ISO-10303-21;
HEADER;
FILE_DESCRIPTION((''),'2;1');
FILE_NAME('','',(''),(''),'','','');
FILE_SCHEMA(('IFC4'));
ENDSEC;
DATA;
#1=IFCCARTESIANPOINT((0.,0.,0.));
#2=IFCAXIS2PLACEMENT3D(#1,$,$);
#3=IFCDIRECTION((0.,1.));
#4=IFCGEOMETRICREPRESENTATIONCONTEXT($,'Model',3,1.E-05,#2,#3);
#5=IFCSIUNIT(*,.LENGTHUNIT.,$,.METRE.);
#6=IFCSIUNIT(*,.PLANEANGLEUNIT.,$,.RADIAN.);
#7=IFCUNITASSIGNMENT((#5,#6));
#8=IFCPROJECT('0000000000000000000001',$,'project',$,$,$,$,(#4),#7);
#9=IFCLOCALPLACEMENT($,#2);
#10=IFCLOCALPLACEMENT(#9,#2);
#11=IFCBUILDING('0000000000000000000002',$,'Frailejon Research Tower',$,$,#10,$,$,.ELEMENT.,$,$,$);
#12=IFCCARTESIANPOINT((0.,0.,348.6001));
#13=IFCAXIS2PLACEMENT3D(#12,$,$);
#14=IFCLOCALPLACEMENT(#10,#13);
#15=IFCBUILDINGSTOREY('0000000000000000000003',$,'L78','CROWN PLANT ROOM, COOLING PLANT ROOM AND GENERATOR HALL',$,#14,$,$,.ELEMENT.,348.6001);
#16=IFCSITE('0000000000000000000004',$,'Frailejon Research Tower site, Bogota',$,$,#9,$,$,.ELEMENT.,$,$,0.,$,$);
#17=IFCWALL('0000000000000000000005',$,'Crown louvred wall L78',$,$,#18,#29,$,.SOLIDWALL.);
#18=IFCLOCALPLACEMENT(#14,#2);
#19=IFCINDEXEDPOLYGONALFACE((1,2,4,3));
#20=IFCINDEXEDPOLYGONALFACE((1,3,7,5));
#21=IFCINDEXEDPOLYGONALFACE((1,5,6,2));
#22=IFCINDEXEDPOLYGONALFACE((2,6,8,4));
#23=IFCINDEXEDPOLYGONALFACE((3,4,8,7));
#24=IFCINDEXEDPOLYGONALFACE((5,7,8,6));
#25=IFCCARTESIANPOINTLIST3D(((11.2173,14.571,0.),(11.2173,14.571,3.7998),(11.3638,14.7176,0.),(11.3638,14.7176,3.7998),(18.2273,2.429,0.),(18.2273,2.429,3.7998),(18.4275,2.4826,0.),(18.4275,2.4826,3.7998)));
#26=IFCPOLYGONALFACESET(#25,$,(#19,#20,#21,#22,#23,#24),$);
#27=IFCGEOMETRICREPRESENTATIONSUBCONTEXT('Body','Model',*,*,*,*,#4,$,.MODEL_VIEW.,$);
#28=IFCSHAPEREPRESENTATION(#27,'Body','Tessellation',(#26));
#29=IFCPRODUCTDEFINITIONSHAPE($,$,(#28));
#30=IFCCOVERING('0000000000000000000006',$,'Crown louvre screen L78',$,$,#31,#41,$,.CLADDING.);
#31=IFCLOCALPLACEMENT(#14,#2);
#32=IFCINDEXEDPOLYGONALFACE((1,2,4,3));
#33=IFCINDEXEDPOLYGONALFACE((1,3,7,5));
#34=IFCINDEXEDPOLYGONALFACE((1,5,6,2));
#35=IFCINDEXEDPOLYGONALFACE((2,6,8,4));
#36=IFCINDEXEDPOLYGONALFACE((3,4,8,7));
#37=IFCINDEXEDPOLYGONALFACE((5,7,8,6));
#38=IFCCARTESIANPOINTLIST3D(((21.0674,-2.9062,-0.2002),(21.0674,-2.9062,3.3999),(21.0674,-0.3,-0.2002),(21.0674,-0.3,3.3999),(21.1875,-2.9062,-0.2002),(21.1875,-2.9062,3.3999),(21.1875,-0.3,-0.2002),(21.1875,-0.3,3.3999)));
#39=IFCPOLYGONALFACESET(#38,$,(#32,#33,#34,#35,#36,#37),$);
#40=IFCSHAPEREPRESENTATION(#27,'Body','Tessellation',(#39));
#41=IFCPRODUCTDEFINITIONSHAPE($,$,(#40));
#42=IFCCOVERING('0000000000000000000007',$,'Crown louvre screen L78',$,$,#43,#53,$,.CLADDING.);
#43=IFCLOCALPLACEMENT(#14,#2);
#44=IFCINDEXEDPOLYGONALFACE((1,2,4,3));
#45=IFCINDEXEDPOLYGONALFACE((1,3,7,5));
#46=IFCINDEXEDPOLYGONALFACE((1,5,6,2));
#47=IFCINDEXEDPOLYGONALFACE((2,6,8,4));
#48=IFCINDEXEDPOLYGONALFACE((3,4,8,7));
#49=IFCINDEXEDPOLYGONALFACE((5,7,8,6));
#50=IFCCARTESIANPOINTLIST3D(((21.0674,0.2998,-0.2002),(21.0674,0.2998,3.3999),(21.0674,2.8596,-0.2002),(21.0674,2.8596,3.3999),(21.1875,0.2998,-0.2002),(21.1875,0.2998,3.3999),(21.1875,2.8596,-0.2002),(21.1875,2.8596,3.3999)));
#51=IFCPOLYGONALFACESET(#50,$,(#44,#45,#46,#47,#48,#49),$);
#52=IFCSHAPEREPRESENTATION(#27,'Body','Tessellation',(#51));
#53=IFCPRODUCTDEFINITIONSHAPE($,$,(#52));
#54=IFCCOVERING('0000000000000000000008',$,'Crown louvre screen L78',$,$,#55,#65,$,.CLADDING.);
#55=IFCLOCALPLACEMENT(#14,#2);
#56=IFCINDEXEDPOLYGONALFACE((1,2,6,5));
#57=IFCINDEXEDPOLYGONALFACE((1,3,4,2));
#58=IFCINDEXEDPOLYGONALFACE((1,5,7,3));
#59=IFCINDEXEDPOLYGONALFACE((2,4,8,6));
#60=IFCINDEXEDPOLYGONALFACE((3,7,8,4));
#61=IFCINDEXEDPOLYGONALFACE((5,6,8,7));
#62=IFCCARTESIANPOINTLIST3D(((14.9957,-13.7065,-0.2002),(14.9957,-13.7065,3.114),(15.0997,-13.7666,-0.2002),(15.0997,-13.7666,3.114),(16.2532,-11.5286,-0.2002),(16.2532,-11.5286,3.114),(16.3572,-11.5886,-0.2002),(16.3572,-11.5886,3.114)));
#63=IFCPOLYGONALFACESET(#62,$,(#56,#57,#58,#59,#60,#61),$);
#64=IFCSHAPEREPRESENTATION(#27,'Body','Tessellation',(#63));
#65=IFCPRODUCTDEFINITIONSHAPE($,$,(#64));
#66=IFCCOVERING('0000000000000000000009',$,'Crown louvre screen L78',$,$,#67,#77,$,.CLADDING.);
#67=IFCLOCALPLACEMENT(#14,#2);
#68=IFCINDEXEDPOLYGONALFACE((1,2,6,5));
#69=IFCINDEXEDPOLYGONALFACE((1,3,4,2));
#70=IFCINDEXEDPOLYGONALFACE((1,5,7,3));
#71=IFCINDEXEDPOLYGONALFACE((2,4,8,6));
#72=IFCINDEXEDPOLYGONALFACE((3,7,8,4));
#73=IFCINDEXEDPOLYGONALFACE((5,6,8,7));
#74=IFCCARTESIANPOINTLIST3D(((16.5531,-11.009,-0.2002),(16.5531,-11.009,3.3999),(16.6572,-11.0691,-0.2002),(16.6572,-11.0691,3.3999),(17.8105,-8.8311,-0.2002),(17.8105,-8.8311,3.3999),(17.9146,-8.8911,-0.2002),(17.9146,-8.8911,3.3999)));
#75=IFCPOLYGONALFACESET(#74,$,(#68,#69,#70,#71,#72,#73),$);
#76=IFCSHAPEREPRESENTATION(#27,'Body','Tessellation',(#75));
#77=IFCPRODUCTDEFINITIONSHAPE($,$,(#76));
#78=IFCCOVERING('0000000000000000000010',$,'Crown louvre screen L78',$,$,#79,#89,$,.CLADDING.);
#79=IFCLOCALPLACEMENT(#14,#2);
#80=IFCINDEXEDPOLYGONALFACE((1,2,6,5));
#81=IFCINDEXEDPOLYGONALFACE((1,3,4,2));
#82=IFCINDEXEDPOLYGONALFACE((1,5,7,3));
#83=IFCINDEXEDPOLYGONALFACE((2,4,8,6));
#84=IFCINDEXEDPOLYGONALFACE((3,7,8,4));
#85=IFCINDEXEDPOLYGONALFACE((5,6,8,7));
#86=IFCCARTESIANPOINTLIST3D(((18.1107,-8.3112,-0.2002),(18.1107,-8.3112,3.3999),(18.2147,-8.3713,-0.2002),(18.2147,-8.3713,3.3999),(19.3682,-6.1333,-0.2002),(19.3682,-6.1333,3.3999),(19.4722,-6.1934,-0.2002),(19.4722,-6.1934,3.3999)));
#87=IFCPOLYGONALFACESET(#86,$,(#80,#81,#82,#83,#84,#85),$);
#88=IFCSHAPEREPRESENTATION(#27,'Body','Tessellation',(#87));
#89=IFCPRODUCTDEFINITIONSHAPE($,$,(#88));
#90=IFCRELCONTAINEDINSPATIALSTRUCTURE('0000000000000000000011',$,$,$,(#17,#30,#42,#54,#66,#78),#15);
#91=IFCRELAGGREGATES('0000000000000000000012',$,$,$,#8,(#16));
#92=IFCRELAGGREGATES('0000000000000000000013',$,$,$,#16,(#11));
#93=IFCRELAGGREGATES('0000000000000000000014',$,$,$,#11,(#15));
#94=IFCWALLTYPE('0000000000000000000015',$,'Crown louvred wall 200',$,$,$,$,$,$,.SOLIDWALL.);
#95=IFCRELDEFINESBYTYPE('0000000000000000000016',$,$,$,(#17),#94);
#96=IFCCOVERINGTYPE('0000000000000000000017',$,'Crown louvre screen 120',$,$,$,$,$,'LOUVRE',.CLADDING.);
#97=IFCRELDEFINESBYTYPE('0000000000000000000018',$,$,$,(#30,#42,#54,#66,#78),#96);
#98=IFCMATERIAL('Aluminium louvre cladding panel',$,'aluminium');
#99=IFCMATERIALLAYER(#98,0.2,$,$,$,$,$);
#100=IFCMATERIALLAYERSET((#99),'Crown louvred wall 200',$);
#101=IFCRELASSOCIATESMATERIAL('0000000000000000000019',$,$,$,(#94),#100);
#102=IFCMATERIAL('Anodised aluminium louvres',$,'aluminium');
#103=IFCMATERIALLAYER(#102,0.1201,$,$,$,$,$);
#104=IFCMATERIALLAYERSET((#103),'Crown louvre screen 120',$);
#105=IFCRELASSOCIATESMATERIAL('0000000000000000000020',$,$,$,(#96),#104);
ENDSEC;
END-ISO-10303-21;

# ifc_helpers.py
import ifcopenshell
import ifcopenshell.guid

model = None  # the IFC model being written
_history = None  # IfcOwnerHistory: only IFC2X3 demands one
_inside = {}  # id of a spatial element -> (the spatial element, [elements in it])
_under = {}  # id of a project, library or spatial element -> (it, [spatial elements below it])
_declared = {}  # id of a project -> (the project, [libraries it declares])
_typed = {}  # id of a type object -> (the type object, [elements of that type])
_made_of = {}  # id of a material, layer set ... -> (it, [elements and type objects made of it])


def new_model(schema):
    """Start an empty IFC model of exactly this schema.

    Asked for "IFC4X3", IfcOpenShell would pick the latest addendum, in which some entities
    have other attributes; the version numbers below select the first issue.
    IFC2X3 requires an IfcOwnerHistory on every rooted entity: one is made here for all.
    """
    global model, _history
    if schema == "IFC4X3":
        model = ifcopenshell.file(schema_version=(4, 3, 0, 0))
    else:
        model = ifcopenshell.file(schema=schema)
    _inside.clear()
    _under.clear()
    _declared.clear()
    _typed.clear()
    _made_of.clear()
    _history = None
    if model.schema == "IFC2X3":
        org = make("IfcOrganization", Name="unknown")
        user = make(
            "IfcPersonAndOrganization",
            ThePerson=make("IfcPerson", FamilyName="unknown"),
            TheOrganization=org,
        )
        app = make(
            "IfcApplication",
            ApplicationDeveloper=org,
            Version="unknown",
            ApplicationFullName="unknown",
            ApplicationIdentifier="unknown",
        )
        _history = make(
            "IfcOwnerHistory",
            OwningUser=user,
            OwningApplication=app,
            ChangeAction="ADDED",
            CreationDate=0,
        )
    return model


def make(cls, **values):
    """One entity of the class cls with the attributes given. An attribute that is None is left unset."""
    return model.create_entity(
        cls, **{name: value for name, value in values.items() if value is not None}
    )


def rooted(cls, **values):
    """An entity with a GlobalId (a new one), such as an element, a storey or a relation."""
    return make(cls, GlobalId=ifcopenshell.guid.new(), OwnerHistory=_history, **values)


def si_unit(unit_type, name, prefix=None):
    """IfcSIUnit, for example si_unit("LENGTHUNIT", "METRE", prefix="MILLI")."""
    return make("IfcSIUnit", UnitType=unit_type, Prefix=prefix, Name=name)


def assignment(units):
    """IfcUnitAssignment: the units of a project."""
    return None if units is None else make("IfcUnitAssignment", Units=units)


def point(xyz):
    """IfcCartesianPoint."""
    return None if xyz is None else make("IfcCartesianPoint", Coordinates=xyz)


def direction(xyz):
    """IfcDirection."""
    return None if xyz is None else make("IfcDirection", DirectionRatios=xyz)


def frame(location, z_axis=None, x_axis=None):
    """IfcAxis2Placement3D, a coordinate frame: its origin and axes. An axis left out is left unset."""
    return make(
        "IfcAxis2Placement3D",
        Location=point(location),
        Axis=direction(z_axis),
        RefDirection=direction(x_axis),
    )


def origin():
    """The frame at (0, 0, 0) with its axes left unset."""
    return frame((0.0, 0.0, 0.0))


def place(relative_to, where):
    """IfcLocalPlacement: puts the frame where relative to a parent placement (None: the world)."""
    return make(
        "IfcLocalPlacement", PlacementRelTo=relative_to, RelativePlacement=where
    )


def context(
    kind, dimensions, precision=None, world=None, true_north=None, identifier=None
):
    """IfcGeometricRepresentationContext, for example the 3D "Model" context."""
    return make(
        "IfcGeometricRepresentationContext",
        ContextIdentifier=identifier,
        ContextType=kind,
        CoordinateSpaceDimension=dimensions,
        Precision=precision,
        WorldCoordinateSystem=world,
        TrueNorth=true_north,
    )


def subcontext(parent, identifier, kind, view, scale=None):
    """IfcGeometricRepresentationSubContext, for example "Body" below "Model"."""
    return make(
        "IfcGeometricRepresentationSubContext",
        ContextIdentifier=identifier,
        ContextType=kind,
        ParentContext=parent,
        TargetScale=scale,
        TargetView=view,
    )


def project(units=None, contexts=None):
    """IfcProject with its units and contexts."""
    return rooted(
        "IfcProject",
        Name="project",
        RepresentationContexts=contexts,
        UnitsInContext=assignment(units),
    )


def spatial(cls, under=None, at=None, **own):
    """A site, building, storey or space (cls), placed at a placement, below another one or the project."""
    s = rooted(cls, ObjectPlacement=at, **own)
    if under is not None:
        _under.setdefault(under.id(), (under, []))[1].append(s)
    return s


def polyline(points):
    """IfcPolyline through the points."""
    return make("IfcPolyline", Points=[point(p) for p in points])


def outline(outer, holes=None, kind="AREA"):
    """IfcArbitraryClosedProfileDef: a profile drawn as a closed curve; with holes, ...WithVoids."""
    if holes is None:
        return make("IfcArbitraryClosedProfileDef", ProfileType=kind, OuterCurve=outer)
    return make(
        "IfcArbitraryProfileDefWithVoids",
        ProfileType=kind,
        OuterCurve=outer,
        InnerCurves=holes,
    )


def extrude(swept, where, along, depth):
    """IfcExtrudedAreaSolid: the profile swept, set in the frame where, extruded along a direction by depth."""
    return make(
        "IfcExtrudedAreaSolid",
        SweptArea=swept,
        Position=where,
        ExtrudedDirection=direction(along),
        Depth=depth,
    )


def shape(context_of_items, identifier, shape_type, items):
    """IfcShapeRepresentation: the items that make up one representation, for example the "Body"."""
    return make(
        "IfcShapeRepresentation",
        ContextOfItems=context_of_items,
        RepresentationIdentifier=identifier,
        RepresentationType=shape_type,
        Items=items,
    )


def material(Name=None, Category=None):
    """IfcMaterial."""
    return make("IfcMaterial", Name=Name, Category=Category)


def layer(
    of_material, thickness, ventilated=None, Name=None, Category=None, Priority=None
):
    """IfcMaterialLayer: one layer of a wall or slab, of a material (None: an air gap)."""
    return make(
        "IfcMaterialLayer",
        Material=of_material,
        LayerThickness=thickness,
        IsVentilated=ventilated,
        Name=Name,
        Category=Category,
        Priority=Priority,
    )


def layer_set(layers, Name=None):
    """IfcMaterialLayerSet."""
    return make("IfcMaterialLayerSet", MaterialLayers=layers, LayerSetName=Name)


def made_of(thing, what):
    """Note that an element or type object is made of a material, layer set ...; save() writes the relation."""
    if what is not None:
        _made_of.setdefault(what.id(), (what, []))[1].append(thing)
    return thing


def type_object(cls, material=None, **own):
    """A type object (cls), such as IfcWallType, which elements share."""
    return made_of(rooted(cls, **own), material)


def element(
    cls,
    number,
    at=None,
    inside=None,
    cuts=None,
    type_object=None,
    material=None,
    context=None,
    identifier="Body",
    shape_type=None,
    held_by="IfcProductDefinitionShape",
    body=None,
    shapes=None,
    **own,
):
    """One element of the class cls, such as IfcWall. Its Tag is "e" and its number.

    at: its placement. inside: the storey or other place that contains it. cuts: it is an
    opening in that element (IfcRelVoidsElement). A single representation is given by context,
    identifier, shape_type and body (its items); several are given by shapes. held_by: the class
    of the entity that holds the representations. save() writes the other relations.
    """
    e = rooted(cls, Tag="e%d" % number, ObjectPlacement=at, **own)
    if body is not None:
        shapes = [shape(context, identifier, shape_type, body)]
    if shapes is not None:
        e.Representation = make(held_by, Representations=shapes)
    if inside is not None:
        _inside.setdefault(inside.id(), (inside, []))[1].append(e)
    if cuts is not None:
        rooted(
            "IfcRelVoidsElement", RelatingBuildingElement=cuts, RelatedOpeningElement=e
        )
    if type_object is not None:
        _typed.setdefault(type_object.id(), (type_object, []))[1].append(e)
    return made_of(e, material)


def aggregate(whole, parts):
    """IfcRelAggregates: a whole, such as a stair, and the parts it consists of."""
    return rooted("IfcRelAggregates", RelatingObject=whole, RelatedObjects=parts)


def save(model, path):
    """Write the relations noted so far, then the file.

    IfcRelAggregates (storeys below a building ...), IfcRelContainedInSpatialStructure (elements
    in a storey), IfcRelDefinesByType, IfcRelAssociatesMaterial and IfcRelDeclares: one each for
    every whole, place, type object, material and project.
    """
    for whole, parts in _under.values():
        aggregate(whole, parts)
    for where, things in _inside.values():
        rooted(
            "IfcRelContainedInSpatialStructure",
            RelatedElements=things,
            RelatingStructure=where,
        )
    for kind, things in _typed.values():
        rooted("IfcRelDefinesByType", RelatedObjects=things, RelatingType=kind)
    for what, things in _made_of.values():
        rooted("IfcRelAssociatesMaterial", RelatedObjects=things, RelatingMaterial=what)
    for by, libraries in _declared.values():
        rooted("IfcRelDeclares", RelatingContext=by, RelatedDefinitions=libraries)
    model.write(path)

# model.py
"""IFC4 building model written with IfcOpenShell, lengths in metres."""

from ifc_helpers import new_model, si_unit, direction, frame, origin, place, context, subcontext, project, spatial, polyline, outline, extrude, material, layer, layer_set, type_object, element, save


model = new_model("IFC4")

# Units and contexts
model_context = context("Model", 3, precision=1e-05, world=origin(), true_north=direction((0.0, 1.0)))
body_context = subcontext(model_context, "Body", "Model", "MODEL_VIEW")
ifc_project = project(units=[si_unit("LENGTHUNIT", "METRE"), si_unit("PLANEANGLEUNIT", "RADIAN")], contexts=[model_context])

# Site, building, storey
site_placement = place(None, origin())
site = spatial("IfcSite", under=ifc_project, at=site_placement, Name="Frailejon Research Tower site, Bogota", CompositionType="ELEMENT", RefElevation=0.0)
building_placement = place(site_placement, origin())
building = spatial("IfcBuilding", under=site, at=building_placement, Name="Frailejon Research Tower", CompositionType="ELEMENT")
storey_placement = place(building_placement, frame((0.0, 0.0, 348.6001)))
storey = spatial("IfcBuildingStorey", under=building, at=storey_placement, Name="L78", Description="CROWN PLANT ROOM, COOLING PLANT ROOM AND GENERATOR HALL", CompositionType="ELEMENT", Elevation=348.6001)

# Wall
ifc_material_1 = material(Name="Aluminium louvre cladding panel", Category="aluminium")
ifc_layer_1 = layer(ifc_material_1, 0.2)
ifc_layer_set_1 = layer_set([ifc_layer_1], Name="Crown louvred wall 200")
wall_type = type_object("IfcWallType", Name="Crown louvred wall 200", PredefinedType="SOLIDWALL", material=ifc_layer_set_1)
wall_1_placement = place(storey_placement, frame((18.3274, 2.4558, 0.0), z_axis=(0.0, 0.0, 1.0), x_axis=(-0.499992, 0.86603, 0.0)))
element("IfcWall", 1, at=wall_1_placement, inside=storey, type_object=wall_type, Name="Crown louvred wall L78", PredefinedType="SOLIDWALL", context=body_context, shape_type="SweptSolid", body=[
    extrude(outline(polyline([(-0.0269, -0.1001), (14.1008, -0.1001), (14.0471, 0.1001), (0.0269, 0.1001), (-0.0269, -0.1001)])), origin(), (0.0, 0.0, 1.0), 3.7998),
])

# Coverings
ifc_material_2 = material(Name="Anodised aluminium louvres", Category="aluminium")
ifc_layer_2 = layer(ifc_material_2, 0.1201)
ifc_layer_set_2 = layer_set([ifc_layer_2], Name="Crown louvre screen 120")
covering_type = type_object("IfcCoveringType", Name="Crown louvre screen 120", ElementType="LOUVRE", PredefinedType="CLADDING", material=ifc_layer_set_2)
covering_1_placement = place(storey_placement, frame((21.1274, -0.3, -0.2002), z_axis=(0.0, -1.0, 0.0), x_axis=(1.0, 0.0, 0.0)))
element("IfcCovering", 2, at=covering_1_placement, inside=storey, type_object=covering_type, Name="Crown louvre screen L78", PredefinedType="CLADDING", context=body_context, shape_type="SweptSolid", body=[
    extrude(outline(polyline([(-0.0601, 0.0), (0.0601, 0.0), (0.0601, 3.6001), (-0.0601, 3.6001), (-0.0601, 0.0)])), origin(), (0.0, 0.0, 1.0), 2.6062),
])
covering_2_placement = place(storey_placement, frame((21.1274, 2.8596, -0.2002), z_axis=(0.0, -1.0, 0.0), x_axis=(1.0, 0.0, 0.0)))
element("IfcCovering", 3, at=covering_2_placement, inside=storey, type_object=covering_type, Name="Crown louvre screen L78", PredefinedType="CLADDING", context=body_context, shape_type="SweptSolid", body=[
    extrude(outline(polyline([(-0.0601, 0.0), (0.0601, 0.0), (0.0601, 3.6001), (-0.0601, 3.6001), (-0.0601, 0.0)])), origin(), (0.0, 0.0, 1.0), 2.5598),
])
covering_3_placement = place(storey_placement, frame((16.3052, -11.5586, -0.2002), z_axis=(-0.500009, -0.86602, 0.0), x_axis=(0.86602, -0.500009, 0.0)))
element("IfcCovering", 4, at=covering_3_placement, inside=storey, type_object=covering_type, Name="Crown louvre screen L78", PredefinedType="CLADDING", context=body_context, shape_type="SweptSolid", body=[
    extrude(outline(polyline([(-0.0601, 0.0), (0.0601, 0.0), (0.0601, 3.3142), (-0.0601, 3.3142), (-0.0601, 0.0)])), origin(), (0.0, 0.0, 1.0), 2.5149),
])
for number, where, z_axis, x_axis, name in (
    (5, (17.8625, -8.8611, -0.2002), (-0.499979, -0.866037, 0.0), (0.866037, -0.499979, 0.0), "Crown louvre screen L78"),
    (6, (19.4202, -6.1633, -0.2002), (-0.500009, -0.86602, 0.0), (0.86602, -0.500009, 0.0), "Crown louvre screen L78"),
):
    element("IfcCovering", number, at=place(storey_placement, frame(where, z_axis=z_axis, x_axis=x_axis)), inside=storey, type_object=covering_type, Name=name, PredefinedType="CLADDING", context=body_context, shape_type="SweptSolid", body=[
        extrude(outline(polyline([(-0.0601, 0.0), (0.0601, 0.0), (0.0601, 3.6001), (-0.0601, 3.6001), (-0.0601, 0.0)])), origin(), (0.0, 0.0, 1.0), 2.5149),
    ])

save(model, "model.ifc")
